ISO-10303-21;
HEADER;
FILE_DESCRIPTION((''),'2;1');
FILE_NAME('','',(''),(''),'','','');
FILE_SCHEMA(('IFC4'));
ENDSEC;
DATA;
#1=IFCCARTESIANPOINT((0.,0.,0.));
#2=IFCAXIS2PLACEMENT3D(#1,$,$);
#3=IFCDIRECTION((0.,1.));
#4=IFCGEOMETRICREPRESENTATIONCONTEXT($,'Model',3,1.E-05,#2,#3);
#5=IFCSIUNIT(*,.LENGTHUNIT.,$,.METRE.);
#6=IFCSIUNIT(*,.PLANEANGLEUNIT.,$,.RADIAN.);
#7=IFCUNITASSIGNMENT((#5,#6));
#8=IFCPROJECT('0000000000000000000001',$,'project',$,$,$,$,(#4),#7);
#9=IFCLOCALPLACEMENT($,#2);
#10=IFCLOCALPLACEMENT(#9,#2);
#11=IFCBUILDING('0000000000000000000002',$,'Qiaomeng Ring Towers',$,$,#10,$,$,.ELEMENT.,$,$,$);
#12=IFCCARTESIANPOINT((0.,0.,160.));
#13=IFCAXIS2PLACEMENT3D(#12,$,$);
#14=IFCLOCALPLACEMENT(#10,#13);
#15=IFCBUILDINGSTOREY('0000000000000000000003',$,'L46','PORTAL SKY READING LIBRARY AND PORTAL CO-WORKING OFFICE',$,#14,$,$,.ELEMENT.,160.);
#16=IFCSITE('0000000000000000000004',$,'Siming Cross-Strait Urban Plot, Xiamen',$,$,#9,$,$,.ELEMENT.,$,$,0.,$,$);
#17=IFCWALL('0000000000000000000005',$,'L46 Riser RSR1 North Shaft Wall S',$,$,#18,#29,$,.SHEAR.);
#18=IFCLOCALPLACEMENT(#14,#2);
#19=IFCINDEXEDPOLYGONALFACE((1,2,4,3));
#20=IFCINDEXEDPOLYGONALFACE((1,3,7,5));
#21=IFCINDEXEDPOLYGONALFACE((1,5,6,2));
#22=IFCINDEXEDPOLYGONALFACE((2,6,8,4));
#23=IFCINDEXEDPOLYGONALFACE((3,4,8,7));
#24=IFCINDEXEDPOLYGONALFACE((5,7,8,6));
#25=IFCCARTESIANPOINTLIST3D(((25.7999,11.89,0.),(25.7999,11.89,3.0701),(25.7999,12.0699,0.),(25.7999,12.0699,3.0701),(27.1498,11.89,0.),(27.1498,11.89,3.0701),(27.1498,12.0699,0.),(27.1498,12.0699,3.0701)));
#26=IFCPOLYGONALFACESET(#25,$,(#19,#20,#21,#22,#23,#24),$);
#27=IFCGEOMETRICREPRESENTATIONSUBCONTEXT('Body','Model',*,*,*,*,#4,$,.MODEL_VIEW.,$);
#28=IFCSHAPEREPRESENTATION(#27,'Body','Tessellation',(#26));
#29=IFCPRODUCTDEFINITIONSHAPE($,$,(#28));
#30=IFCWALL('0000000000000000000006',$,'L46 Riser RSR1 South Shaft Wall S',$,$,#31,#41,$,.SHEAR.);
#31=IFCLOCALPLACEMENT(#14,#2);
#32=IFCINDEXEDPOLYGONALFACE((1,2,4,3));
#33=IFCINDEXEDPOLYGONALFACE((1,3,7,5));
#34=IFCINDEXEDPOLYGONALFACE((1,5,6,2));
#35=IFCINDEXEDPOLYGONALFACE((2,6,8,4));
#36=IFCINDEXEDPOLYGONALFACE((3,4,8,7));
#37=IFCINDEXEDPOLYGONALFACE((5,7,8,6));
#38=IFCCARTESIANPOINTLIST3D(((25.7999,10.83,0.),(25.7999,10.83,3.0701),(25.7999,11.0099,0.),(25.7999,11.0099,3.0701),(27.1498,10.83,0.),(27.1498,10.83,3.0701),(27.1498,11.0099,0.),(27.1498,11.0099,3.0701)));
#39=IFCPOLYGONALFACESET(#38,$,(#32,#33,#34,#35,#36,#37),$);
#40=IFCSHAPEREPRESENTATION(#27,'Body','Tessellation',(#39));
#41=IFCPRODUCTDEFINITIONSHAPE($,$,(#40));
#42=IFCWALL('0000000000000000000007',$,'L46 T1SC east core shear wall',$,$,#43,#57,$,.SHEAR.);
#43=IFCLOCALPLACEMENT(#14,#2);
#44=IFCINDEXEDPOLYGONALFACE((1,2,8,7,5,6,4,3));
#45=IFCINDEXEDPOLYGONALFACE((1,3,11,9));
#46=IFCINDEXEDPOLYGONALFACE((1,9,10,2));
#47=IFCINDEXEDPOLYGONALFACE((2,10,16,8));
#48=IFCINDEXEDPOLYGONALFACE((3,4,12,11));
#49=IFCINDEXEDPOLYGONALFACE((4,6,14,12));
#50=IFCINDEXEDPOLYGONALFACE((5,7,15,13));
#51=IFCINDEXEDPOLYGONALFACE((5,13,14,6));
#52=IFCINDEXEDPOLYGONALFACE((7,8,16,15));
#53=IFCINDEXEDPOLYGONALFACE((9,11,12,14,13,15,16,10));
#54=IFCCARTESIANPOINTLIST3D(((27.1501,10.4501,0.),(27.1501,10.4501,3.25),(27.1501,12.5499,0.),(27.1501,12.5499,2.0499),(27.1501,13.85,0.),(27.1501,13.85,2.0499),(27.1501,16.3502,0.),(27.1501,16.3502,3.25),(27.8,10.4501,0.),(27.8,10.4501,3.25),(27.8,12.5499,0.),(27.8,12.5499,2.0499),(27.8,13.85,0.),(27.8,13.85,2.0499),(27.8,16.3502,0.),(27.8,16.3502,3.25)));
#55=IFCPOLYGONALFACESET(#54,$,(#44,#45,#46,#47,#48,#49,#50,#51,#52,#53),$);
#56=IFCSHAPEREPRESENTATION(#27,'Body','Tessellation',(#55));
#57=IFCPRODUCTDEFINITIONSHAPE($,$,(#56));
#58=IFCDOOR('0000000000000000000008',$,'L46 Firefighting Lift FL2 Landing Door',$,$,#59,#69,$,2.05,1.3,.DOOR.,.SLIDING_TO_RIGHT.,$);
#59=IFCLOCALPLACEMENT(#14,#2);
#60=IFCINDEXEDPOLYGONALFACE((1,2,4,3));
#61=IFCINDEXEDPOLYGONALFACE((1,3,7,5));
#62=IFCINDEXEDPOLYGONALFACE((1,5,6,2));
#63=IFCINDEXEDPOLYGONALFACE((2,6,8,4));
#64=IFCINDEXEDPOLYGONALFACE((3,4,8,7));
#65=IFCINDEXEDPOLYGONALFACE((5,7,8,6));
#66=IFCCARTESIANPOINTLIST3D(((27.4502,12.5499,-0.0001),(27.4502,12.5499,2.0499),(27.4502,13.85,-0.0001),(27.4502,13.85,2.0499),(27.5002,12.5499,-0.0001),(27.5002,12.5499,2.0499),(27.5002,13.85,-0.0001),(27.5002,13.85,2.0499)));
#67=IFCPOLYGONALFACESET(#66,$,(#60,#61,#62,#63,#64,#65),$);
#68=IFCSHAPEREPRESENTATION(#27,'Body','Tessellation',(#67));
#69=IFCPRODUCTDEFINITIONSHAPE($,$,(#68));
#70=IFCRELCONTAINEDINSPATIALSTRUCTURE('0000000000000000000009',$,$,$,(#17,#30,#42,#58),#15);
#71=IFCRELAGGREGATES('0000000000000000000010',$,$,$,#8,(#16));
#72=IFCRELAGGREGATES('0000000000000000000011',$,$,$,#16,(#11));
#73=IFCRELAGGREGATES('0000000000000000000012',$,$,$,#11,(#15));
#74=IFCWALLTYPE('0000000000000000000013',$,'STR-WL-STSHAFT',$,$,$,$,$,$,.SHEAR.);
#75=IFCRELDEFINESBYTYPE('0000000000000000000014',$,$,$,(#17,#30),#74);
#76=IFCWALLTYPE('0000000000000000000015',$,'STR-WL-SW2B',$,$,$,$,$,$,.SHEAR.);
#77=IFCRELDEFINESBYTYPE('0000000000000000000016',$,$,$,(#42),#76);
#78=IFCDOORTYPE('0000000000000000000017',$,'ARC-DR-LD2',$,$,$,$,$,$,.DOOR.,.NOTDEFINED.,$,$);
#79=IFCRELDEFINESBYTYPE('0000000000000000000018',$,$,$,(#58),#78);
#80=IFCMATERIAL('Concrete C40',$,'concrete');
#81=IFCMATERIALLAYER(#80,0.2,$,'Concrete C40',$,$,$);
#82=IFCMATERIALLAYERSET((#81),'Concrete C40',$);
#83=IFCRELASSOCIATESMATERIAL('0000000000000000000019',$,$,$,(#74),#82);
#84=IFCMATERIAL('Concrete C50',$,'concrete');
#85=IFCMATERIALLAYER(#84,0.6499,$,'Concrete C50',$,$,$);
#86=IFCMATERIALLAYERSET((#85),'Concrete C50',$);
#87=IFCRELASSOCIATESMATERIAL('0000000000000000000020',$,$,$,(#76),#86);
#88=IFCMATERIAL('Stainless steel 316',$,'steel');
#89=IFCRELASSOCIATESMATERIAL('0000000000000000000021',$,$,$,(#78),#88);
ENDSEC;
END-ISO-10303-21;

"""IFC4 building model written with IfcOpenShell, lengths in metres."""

from ifc_helpers import new_model, si_unit, direction, frame, frame_2d, origin, place, context, subcontext, project, spatial, rectangle, extrude, source, transform, mapped, material, layer, layer_set, type_object, element, fill, save


model = new_model("IFC4")

# Units and contexts
model_context = context("Model", 3, precision=1e-05, world=origin(), true_north=direction((0.0, 1.0)))
body_context = subcontext(model_context, "Body", "Model", "MODEL_VIEW")
ifc_project = project(units=[si_unit("LENGTHUNIT", "METRE"), si_unit("PLANEANGLEUNIT", "RADIAN")], contexts=[model_context])

# Site, building, storey
site_placement = place(None, origin())
site = spatial("IfcSite", under=ifc_project, at=site_placement, Name="Siming Cross-Strait Urban Plot, Xiamen", CompositionType="ELEMENT", RefElevation=0.0)
building_placement = place(site_placement, origin())
building = spatial("IfcBuilding", under=site, at=building_placement, Name="Qiaomeng Ring Towers", CompositionType="ELEMENT")
storey_placement = place(building_placement, frame((0.0, 0.0, 160.0)))
storey = spatial("IfcBuildingStorey", under=building, at=storey_placement, Name="L46", Description="PORTAL SKY READING LIBRARY AND PORTAL CO-WORKING OFFICE", CompositionType="ELEMENT", Elevation=160.0)

# Shared definitions
ifc_material_1 = material(Name="Concrete C50", Category="concrete")

# Walls
ifc_material_2 = material(Name="Concrete C40", Category="concrete")
ifc_layer_1 = layer(ifc_material_2, 0.2, Name="Concrete C40")
ifc_layer_set_1 = layer_set([ifc_layer_1], Name="Concrete C40")
wall_type_1 = type_object("IfcWallType", Name="STR-WL-STSHAFT", PredefinedType="SHEAR", material=ifc_layer_set_1)
for number, where, z_axis, x_axis, name in (
    (1, (25.8, 11.98, 0.0), (0.0, 0.0, 1.0), (1.0, 0.0, 0.0), "L46 Riser RSR1 North Shaft Wall S"),
    (2, (25.8, 10.9199, 0.0), (0.0, 0.0, 1.0), (1.0, 0.0, 0.0), "L46 Riser RSR1 South Shaft Wall S"),
):
    element("IfcWall", number, at=place(storey_placement, frame(where, z_axis=z_axis, x_axis=x_axis)), inside=storey, type_object=wall_type_1, Name=name, PredefinedType="SHEAR", context=body_context, shape_type="SweptSolid", body=[
        extrude(rectangle(XDim=1.3499, YDim=0.1799, at=frame_2d((0.6748, 0.0))), origin(), (0.0, 0.0, 1.0), 3.0701),
    ])

# Wall, opening, door
ifc_layer_2 = layer(ifc_material_1, 0.6499, Name="Concrete C50")
ifc_layer_set_2 = layer_set([ifc_layer_2], Name="Concrete C50")
wall_type_2 = type_object("IfcWallType", Name="STR-WL-SW2B", PredefinedType="SHEAR", material=ifc_layer_set_2)
wall_1_placement = place(storey_placement, frame((27.4751, 10.45, 0.0), z_axis=(0.0, 0.0, 1.0), x_axis=(0.0, 1.0, 0.0)))
wall_1 = element("IfcWall", 3, at=wall_1_placement, inside=storey, type_object=wall_type_2, Name="L46 T1SC east core shear wall", PredefinedType="SHEAR", context=body_context, shape_type="SweptSolid", body=[
    extrude(rectangle(XDim=5.9001, YDim=0.6499, at=frame_2d((2.9502, 0.0))), origin(), (0.0, 0.0, 1.0), 3.25),
])
opening_1_placement = place(wall_1_placement, frame((2.1001, 0.0, 0.0)))
opening_1 = element("IfcOpeningElement", 4, at=opening_1_placement, cuts=wall_1, PredefinedType="OPENING", context=body_context, shape_type="SweptSolid", body=[
    extrude(rectangle(XDim=1.3, YDim=2.05, at=frame_2d((0.6499, 1.0249))), frame((0.0, 0.335, 0.0), z_axis=(0.0, -1.0, 0.0), x_axis=(1.0, 0.0, 0.0)), (0.0, 0.0, 1.0), 0.6699),
])
ifc_material_3 = material(Name="Stainless steel 316", Category="steel")
door_type_1 = type_object("IfcDoorType", Name="ARC-DR-LD2", OperationType="NOTDEFINED", PredefinedType="DOOR", material=ifc_material_3)
shared_shape_1 = source(origin(), body_context, "Body", "SweptSolid", [
    extrude(rectangle(XDim=1.3, YDim=2.05, at=frame_2d((0.6499, 1.0249))), frame((0.0, 0.0249, 0.0), z_axis=(0.0, -1.0, 0.0), x_axis=(1.0, 0.0, 0.0)), (0.0, 0.0, 1.0), 0.05),
])
door_1_placement = place(opening_1_placement, origin())
door_1 = element("IfcDoor", 5, at=door_1_placement, inside=storey, type_object=door_type_1, Name="L46 Firefighting Lift FL2 Landing Door", OperationType="SLIDING_TO_RIGHT", OverallHeight=2.05, OverallWidth=1.3, PredefinedType="DOOR", context=body_context, shape_type="MappedRepresentation", body=[
    mapped(shared_shape_1, transform((0.0, 0.0, 0.0), x_axis=(1.0, 0.0, 0.0), y_axis=(0.0, 1.0, 0.0), z_axis=(0.0, 0.0, 1.0), scale=1.0)),
])
fill(opening_1, door_1)

save(model, "model.ifc")
